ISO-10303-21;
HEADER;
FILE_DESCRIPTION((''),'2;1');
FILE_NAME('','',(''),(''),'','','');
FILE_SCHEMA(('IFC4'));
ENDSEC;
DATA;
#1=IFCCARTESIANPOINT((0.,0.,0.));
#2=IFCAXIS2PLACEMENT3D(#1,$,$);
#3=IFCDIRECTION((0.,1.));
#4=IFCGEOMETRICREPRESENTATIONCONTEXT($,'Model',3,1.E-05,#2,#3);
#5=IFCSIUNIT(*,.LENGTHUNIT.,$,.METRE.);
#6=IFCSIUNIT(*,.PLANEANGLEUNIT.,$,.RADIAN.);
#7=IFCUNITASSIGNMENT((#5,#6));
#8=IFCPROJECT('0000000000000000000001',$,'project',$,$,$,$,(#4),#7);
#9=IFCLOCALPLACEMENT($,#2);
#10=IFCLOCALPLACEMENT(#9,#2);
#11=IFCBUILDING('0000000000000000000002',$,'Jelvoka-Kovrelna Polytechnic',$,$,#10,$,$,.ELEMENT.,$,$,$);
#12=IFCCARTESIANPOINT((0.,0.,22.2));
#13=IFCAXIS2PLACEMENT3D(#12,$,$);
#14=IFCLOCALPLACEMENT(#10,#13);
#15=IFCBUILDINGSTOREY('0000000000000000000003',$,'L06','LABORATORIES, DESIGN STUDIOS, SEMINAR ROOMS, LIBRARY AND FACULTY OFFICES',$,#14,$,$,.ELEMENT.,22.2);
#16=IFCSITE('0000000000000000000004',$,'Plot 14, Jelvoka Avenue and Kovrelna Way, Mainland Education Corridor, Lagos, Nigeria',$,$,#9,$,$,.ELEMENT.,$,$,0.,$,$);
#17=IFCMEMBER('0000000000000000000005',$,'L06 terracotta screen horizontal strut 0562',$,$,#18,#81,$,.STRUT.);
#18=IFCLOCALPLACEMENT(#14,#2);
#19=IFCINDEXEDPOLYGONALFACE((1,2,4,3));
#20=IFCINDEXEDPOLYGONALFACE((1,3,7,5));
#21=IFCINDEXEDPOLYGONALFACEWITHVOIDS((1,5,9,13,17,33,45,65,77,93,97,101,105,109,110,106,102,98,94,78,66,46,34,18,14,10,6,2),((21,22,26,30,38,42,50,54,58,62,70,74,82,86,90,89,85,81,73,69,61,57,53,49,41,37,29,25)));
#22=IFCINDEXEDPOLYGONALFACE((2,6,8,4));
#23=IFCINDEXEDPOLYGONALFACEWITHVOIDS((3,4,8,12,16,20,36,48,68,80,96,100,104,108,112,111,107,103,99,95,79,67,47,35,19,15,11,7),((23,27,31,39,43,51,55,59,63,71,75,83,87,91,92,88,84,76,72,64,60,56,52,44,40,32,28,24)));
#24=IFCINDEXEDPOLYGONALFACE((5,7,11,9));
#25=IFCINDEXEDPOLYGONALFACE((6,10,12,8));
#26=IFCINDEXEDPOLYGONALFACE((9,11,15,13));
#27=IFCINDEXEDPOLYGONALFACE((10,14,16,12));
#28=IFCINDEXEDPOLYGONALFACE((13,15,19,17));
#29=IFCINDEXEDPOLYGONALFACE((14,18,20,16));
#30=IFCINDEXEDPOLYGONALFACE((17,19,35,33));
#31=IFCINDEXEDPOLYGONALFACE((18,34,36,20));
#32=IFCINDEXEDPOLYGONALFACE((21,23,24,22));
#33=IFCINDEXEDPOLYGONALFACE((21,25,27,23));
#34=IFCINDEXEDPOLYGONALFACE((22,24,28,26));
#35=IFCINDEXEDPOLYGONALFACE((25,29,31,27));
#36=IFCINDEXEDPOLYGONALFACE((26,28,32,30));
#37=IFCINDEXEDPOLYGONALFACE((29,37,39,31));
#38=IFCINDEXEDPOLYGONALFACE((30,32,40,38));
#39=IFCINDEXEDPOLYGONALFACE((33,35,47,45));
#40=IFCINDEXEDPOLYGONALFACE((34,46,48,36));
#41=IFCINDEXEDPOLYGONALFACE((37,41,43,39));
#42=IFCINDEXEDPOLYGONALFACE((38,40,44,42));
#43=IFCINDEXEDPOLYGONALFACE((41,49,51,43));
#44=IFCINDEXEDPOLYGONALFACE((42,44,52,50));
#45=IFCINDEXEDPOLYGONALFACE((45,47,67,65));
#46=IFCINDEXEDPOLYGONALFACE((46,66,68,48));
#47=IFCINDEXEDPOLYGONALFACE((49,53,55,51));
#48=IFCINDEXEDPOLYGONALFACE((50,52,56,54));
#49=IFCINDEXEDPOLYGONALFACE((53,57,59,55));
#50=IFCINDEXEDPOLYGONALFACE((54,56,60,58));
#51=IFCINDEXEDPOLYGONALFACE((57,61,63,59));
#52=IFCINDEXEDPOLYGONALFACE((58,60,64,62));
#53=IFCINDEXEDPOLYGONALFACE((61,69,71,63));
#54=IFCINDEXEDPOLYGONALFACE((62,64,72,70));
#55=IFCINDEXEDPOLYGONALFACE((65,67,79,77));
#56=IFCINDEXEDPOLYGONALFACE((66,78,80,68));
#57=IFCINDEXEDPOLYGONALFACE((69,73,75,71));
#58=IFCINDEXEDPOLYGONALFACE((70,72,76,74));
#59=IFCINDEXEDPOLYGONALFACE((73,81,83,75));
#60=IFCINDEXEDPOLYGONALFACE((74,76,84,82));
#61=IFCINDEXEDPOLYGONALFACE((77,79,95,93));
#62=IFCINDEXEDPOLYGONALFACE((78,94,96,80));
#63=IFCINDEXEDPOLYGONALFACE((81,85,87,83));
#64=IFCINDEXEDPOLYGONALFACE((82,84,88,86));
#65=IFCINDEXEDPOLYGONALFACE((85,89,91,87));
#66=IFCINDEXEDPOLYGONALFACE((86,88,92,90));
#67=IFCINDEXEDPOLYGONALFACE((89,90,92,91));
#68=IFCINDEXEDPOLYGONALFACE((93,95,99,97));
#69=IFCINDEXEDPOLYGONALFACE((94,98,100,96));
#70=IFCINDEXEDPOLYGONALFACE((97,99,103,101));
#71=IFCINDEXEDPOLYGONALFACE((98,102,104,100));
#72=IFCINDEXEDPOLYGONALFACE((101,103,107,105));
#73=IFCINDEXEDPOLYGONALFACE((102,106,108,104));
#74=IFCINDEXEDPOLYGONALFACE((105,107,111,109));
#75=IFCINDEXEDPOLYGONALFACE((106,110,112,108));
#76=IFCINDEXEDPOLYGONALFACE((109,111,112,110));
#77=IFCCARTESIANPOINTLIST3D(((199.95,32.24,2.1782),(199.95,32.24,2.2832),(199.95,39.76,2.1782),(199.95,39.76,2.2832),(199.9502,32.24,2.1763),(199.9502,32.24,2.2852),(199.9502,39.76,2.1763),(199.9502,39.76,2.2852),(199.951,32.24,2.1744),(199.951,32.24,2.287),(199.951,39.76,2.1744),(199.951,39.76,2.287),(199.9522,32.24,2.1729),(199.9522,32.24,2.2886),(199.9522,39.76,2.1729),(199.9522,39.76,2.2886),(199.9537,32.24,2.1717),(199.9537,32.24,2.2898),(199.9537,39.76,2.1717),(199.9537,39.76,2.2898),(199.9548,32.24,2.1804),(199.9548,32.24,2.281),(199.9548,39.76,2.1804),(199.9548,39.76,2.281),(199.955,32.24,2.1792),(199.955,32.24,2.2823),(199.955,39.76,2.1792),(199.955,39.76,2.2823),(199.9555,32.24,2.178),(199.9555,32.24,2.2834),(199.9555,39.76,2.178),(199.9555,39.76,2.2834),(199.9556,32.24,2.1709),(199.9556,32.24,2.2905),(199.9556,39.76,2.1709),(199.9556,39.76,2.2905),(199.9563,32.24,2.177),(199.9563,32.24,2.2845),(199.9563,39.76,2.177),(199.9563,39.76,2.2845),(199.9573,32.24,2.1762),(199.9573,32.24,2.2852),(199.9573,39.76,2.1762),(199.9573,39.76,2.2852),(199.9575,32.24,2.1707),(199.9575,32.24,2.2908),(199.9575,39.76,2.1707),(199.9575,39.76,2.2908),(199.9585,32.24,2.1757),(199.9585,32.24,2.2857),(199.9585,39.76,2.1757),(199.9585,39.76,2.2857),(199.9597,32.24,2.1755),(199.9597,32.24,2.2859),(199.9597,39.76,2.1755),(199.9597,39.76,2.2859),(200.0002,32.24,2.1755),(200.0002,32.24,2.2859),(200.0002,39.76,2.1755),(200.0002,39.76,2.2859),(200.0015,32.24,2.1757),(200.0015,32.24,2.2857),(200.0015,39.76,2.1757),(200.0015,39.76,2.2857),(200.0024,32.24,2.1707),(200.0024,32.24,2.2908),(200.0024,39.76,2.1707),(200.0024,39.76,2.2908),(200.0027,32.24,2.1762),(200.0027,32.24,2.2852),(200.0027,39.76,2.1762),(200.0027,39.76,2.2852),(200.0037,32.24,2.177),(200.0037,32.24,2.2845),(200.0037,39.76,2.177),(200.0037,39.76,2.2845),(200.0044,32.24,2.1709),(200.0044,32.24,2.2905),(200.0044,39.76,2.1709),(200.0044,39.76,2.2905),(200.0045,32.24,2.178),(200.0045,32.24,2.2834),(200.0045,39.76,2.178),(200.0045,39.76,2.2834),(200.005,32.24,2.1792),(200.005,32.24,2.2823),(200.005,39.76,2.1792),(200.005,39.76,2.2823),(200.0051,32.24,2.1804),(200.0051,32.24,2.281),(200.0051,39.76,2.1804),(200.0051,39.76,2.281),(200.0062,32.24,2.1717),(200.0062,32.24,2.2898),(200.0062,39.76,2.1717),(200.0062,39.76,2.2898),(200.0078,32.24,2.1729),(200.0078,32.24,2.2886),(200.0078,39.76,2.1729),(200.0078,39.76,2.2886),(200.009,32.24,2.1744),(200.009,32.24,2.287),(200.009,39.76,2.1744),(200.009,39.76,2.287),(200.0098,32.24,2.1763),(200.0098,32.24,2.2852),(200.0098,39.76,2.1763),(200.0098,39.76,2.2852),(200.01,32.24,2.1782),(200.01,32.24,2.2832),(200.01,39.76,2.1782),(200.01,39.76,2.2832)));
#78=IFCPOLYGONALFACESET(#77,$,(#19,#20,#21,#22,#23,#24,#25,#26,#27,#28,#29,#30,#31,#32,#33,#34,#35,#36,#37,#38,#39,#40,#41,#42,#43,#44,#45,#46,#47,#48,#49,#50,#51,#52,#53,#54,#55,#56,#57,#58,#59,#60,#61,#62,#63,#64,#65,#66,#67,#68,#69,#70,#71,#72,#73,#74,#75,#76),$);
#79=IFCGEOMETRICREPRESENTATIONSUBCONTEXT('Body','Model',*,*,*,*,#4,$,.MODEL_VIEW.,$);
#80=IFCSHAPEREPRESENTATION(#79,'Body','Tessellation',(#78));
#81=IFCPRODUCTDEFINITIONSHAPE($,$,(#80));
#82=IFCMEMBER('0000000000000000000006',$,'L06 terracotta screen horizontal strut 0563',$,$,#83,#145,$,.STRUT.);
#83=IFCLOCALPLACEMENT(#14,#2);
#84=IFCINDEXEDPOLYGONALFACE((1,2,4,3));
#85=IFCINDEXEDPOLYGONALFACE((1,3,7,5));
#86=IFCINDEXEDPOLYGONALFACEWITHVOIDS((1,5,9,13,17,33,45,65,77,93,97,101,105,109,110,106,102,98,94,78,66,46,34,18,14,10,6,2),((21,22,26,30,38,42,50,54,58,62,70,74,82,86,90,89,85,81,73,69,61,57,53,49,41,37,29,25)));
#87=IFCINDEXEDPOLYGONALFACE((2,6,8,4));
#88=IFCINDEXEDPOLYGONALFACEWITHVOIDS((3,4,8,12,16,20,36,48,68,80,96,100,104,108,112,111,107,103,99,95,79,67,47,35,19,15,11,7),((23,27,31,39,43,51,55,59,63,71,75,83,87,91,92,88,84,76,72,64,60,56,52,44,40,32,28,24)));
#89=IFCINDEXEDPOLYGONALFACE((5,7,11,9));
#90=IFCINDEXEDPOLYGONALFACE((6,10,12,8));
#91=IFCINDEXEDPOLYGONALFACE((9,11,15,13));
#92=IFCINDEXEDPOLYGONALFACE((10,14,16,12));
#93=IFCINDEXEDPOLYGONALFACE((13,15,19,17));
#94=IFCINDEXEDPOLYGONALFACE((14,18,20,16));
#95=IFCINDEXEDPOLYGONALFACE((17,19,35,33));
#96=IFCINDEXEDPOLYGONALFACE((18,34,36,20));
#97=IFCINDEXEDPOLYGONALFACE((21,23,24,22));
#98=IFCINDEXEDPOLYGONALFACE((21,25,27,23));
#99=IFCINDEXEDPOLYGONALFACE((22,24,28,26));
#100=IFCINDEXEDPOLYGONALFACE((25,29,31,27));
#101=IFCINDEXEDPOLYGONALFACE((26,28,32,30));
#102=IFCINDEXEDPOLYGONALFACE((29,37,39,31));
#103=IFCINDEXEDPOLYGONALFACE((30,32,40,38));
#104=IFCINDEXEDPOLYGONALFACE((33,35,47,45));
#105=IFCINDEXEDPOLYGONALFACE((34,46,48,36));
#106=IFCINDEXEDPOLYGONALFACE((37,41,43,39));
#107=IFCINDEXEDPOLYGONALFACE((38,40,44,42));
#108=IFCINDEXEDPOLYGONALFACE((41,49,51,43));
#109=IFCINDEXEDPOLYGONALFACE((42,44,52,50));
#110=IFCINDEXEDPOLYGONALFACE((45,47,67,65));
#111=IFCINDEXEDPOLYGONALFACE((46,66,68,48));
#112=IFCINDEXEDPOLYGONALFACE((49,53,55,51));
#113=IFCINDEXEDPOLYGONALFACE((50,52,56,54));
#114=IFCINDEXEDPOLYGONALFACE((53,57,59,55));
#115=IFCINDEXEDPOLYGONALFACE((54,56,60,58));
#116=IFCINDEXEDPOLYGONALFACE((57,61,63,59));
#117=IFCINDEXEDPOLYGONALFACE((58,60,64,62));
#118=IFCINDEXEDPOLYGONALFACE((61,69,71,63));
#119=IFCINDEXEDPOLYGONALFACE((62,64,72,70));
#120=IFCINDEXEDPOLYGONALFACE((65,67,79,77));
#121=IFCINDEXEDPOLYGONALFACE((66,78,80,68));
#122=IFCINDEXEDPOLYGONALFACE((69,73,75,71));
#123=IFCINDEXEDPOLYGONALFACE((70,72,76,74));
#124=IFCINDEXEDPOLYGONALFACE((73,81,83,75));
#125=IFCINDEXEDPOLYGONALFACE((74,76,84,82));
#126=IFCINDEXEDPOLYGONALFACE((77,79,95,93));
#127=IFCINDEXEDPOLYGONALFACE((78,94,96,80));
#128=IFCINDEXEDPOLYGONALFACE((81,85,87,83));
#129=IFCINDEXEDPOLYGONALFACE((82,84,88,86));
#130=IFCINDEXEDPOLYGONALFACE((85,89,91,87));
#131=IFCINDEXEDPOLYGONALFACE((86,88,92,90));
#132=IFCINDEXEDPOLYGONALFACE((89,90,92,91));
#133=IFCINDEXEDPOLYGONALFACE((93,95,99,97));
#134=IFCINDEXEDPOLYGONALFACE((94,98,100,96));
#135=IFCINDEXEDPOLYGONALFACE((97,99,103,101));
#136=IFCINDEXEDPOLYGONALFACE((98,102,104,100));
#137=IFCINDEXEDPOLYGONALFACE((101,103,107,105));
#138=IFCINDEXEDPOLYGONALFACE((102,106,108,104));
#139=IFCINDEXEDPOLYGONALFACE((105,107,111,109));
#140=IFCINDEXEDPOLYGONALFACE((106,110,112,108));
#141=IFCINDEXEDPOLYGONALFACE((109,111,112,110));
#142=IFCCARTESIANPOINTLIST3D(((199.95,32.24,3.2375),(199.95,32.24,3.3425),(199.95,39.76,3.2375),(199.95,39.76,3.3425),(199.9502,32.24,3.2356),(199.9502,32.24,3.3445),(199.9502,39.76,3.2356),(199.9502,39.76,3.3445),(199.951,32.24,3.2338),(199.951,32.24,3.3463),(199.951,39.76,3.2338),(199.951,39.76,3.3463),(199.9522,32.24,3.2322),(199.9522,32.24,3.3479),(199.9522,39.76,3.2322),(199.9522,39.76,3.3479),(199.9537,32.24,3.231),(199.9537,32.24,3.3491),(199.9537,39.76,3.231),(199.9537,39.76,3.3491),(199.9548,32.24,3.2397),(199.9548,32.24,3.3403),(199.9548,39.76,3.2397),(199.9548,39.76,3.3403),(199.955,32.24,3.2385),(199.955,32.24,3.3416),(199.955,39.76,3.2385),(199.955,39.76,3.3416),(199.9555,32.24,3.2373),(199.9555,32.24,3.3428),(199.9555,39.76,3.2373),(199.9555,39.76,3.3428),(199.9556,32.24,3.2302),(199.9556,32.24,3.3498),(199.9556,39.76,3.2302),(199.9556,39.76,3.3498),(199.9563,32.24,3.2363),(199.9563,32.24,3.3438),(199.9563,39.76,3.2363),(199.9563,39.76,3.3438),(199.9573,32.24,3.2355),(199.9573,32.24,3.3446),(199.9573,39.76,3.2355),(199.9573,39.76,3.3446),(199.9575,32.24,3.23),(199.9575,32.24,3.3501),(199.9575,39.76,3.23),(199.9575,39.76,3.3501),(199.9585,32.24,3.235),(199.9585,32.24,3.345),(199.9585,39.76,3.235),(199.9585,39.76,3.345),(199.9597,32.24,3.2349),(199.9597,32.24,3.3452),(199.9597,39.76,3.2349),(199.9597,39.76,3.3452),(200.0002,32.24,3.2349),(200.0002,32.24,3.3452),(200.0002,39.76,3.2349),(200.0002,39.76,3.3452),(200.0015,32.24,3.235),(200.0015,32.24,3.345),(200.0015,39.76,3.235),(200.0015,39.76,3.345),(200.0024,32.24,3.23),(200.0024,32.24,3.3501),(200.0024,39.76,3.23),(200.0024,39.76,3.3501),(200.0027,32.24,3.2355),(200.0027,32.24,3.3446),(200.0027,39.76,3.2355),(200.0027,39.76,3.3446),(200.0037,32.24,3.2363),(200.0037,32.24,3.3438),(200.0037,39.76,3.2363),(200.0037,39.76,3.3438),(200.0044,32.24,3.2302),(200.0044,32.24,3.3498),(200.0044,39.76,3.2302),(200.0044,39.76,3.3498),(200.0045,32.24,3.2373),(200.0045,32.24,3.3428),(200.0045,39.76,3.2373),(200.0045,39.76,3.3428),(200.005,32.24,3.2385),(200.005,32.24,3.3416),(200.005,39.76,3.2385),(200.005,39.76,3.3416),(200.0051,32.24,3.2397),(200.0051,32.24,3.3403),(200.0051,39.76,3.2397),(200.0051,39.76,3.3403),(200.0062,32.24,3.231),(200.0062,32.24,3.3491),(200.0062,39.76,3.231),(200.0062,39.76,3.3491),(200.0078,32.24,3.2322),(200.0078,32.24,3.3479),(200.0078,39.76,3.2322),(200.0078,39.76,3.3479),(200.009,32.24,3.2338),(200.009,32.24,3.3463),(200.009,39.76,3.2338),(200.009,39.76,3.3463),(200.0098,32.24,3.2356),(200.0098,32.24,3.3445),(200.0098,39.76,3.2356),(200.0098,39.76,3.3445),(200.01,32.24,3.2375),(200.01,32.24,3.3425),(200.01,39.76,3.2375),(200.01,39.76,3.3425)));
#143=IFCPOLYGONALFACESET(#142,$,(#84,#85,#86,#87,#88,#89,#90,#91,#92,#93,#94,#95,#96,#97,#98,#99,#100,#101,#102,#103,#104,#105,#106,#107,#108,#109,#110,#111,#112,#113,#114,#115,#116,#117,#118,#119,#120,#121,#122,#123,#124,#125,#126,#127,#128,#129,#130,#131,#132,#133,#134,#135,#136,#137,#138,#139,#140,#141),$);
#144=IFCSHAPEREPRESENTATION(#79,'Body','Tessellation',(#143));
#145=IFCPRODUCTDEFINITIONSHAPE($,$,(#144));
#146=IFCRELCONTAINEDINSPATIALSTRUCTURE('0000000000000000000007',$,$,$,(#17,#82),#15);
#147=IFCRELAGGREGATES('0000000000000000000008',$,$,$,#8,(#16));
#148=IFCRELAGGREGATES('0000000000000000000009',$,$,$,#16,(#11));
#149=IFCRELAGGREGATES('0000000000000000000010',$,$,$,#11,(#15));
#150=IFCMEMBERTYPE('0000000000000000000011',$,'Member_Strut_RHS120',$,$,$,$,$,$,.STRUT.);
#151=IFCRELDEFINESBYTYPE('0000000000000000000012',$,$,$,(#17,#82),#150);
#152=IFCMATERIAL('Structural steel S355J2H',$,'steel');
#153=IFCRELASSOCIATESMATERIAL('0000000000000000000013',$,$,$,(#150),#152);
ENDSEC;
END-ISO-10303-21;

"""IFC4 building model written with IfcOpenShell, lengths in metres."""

from ifc_helpers import new_model, si_unit, direction, frame, origin, origin_2d, place, context, subcontext, project, spatial, hollow_rectangle, extrude, material, material_profile, profile_set, type_object, element, save


model = new_model("IFC4")

# Units and contexts
model_context = context("Model", 3, precision=1e-05, world=origin(), true_north=direction((0.0, 1.0)))
body_context = subcontext(model_context, "Body", "Model", "MODEL_VIEW")
ifc_project = project(units=[si_unit("LENGTHUNIT", "METRE"), si_unit("PLANEANGLEUNIT", "RADIAN")], contexts=[model_context])

# Site, building, storey
site_placement = place(None, origin())
site = spatial("IfcSite", under=ifc_project, at=site_placement, Name="Plot 14, Jelvoka Avenue and Kovrelna Way, Mainland Education Corridor, Lagos, Nigeria", CompositionType="ELEMENT", RefElevation=0.0)
building_placement = place(site_placement, origin())
building = spatial("IfcBuilding", under=site, at=building_placement, Name="Jelvoka-Kovrelna Polytechnic", CompositionType="ELEMENT")
storey_placement = place(building_placement, frame((0.0, 0.0, 22.2)))
storey = spatial("IfcBuildingStorey", under=building, at=storey_placement, Name="L06", Description="LABORATORIES, DESIGN STUDIOS, SEMINAR ROOMS, LIBRARY AND FACULTY OFFICES", CompositionType="ELEMENT", Elevation=22.2)

# Members
ifc_material_1 = material(Name="Structural steel S355J2H", Category="steel")
ifc_material_profile_1 = material_profile(ifc_material_1, hollow_rectangle(XDim=0.0601, YDim=0.1201, WallThickness=0.0049, InnerFilletRadius=0.0049, OuterFilletRadius=0.0076, at=origin_2d()), Name="120x60x5.0 RHS")
ifc_profile_set_1 = profile_set([ifc_material_profile_1], Name="Structural steel S355J2H")
member_type_1 = type_object("IfcMemberType", Name="Member_Strut_RHS120", PredefinedType="STRUT", material=ifc_profile_set_1)
for number, where, z_axis, x_axis, name in (
    (1, (199.98, 32.24, 2.2307), (0.0, 1.0, 0.0), (-1.0, 0.0, 0.0), "L06 terracotta screen horizontal strut 0562"),
    (2, (199.98, 32.24, 3.29), (0.0, 1.0, 0.0), (-1.0, 0.0, 0.0), "L06 terracotta screen horizontal strut 0563"),
):
    element("IfcMember", number, at=place(storey_placement, frame(where, z_axis=z_axis, x_axis=x_axis)), inside=storey, type_object=member_type_1, Name=name, PredefinedType="STRUT", context=body_context, shape_type="SweptSolid", body=[
        extrude(hollow_rectangle(XDim=0.0601, YDim=0.1201, WallThickness=0.0049, InnerFilletRadius=0.0049, OuterFilletRadius=0.0076, at=origin_2d()), origin(), (0.0, 0.0, 1.0), 7.52),
    ])

save(model, "model.ifc")
